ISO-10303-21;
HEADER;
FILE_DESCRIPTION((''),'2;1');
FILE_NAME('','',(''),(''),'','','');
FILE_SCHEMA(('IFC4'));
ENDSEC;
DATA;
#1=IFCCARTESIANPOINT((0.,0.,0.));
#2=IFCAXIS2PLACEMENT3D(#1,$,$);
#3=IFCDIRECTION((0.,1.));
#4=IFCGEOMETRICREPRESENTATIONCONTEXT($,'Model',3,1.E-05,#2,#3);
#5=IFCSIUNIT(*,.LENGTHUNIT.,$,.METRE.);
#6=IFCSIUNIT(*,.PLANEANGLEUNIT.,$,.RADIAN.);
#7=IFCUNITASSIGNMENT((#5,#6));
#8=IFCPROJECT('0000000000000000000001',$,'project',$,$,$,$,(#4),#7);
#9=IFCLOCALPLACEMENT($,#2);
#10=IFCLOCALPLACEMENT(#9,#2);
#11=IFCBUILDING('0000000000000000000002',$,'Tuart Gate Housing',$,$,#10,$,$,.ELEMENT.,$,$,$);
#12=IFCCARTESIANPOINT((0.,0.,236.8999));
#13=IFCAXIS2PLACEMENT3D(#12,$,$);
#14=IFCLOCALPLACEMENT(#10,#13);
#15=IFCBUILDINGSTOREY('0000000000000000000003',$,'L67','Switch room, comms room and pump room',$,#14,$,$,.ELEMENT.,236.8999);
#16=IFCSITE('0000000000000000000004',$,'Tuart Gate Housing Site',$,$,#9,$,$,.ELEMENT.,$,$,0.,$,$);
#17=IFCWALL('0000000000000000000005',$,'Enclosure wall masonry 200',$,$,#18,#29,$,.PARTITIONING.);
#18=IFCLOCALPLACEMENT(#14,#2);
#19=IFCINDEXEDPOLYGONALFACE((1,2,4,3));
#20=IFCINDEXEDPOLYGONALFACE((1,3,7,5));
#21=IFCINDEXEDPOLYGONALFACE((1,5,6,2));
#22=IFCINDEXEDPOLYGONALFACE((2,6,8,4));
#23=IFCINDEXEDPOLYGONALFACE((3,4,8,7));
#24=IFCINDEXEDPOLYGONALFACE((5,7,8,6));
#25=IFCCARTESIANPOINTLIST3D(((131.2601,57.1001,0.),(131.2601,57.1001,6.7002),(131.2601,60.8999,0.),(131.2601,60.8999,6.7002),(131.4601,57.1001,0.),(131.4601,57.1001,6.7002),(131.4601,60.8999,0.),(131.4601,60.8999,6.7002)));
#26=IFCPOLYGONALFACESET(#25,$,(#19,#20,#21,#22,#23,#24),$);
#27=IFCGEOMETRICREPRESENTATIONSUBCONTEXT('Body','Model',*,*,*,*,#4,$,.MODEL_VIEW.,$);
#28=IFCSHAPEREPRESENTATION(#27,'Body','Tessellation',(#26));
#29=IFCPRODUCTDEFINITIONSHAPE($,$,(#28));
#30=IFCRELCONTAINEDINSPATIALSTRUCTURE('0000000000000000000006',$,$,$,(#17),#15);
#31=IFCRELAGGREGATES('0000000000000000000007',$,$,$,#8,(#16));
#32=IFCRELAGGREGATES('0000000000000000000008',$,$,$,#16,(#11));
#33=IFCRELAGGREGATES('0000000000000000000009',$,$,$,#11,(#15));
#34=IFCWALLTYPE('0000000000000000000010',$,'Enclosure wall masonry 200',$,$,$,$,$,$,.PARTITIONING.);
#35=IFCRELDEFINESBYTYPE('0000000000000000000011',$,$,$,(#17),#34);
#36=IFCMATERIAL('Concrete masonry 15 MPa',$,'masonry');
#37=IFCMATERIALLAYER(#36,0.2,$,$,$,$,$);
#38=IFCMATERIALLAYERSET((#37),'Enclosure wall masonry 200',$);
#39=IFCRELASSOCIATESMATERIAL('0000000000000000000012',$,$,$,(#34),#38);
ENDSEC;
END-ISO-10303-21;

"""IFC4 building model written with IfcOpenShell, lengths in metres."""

from ifc_helpers import new_model, si_unit, direction, frame, frame_2d, origin, place, context, subcontext, project, spatial, rectangle, extrude, material, layer, layer_set, type_object, element, save


model = new_model("IFC4")

# Units and contexts
model_context = context("Model", 3, precision=1e-05, world=origin(), true_north=direction((0.0, 1.0)))
body_context = subcontext(model_context, "Body", "Model", "MODEL_VIEW")
ifc_project = project(units=[si_unit("LENGTHUNIT", "METRE"), si_unit("PLANEANGLEUNIT", "RADIAN")], contexts=[model_context])

# Site, building, storey
site_placement = place(None, origin())
site = spatial("IfcSite", under=ifc_project, at=site_placement, Name="Tuart Gate Housing Site", CompositionType="ELEMENT", RefElevation=0.0)
building_placement = place(site_placement, origin())
building = spatial("IfcBuilding", under=site, at=building_placement, Name="Tuart Gate Housing", CompositionType="ELEMENT")
storey_placement = place(building_placement, frame((0.0, 0.0, 236.8999)))
storey = spatial("IfcBuildingStorey", under=building, at=storey_placement, Name="L67", Description="Switch room, comms room and pump room", CompositionType="ELEMENT", Elevation=236.8999)

# Wall
ifc_material_1 = material(Name="Concrete masonry 15 MPa", Category="masonry")
ifc_layer_1 = layer(ifc_material_1, 0.2)
ifc_layer_set_1 = layer_set([ifc_layer_1], Name="Enclosure wall masonry 200")
wall_type_1 = type_object("IfcWallType", Name="Enclosure wall masonry 200", PredefinedType="PARTITIONING", material=ifc_layer_set_1)
wall_1_placement = place(storey_placement, frame((131.3601, 57.1001, 0.0), z_axis=(0.0, 0.0, 1.0), x_axis=(0.0, 1.0, 0.0)))
element("IfcWall", 1, at=wall_1_placement, inside=storey, type_object=wall_type_1, Name="Enclosure wall masonry 200", PredefinedType="PARTITIONING", context=body_context, shape_type="SweptSolid", body=[
    extrude(rectangle(XDim=3.7998, YDim=0.2, at=frame_2d((1.8999, 0.0))), origin(), (0.0, 0.0, 1.0), 6.7002),
])

save(model, "model.ifc")
